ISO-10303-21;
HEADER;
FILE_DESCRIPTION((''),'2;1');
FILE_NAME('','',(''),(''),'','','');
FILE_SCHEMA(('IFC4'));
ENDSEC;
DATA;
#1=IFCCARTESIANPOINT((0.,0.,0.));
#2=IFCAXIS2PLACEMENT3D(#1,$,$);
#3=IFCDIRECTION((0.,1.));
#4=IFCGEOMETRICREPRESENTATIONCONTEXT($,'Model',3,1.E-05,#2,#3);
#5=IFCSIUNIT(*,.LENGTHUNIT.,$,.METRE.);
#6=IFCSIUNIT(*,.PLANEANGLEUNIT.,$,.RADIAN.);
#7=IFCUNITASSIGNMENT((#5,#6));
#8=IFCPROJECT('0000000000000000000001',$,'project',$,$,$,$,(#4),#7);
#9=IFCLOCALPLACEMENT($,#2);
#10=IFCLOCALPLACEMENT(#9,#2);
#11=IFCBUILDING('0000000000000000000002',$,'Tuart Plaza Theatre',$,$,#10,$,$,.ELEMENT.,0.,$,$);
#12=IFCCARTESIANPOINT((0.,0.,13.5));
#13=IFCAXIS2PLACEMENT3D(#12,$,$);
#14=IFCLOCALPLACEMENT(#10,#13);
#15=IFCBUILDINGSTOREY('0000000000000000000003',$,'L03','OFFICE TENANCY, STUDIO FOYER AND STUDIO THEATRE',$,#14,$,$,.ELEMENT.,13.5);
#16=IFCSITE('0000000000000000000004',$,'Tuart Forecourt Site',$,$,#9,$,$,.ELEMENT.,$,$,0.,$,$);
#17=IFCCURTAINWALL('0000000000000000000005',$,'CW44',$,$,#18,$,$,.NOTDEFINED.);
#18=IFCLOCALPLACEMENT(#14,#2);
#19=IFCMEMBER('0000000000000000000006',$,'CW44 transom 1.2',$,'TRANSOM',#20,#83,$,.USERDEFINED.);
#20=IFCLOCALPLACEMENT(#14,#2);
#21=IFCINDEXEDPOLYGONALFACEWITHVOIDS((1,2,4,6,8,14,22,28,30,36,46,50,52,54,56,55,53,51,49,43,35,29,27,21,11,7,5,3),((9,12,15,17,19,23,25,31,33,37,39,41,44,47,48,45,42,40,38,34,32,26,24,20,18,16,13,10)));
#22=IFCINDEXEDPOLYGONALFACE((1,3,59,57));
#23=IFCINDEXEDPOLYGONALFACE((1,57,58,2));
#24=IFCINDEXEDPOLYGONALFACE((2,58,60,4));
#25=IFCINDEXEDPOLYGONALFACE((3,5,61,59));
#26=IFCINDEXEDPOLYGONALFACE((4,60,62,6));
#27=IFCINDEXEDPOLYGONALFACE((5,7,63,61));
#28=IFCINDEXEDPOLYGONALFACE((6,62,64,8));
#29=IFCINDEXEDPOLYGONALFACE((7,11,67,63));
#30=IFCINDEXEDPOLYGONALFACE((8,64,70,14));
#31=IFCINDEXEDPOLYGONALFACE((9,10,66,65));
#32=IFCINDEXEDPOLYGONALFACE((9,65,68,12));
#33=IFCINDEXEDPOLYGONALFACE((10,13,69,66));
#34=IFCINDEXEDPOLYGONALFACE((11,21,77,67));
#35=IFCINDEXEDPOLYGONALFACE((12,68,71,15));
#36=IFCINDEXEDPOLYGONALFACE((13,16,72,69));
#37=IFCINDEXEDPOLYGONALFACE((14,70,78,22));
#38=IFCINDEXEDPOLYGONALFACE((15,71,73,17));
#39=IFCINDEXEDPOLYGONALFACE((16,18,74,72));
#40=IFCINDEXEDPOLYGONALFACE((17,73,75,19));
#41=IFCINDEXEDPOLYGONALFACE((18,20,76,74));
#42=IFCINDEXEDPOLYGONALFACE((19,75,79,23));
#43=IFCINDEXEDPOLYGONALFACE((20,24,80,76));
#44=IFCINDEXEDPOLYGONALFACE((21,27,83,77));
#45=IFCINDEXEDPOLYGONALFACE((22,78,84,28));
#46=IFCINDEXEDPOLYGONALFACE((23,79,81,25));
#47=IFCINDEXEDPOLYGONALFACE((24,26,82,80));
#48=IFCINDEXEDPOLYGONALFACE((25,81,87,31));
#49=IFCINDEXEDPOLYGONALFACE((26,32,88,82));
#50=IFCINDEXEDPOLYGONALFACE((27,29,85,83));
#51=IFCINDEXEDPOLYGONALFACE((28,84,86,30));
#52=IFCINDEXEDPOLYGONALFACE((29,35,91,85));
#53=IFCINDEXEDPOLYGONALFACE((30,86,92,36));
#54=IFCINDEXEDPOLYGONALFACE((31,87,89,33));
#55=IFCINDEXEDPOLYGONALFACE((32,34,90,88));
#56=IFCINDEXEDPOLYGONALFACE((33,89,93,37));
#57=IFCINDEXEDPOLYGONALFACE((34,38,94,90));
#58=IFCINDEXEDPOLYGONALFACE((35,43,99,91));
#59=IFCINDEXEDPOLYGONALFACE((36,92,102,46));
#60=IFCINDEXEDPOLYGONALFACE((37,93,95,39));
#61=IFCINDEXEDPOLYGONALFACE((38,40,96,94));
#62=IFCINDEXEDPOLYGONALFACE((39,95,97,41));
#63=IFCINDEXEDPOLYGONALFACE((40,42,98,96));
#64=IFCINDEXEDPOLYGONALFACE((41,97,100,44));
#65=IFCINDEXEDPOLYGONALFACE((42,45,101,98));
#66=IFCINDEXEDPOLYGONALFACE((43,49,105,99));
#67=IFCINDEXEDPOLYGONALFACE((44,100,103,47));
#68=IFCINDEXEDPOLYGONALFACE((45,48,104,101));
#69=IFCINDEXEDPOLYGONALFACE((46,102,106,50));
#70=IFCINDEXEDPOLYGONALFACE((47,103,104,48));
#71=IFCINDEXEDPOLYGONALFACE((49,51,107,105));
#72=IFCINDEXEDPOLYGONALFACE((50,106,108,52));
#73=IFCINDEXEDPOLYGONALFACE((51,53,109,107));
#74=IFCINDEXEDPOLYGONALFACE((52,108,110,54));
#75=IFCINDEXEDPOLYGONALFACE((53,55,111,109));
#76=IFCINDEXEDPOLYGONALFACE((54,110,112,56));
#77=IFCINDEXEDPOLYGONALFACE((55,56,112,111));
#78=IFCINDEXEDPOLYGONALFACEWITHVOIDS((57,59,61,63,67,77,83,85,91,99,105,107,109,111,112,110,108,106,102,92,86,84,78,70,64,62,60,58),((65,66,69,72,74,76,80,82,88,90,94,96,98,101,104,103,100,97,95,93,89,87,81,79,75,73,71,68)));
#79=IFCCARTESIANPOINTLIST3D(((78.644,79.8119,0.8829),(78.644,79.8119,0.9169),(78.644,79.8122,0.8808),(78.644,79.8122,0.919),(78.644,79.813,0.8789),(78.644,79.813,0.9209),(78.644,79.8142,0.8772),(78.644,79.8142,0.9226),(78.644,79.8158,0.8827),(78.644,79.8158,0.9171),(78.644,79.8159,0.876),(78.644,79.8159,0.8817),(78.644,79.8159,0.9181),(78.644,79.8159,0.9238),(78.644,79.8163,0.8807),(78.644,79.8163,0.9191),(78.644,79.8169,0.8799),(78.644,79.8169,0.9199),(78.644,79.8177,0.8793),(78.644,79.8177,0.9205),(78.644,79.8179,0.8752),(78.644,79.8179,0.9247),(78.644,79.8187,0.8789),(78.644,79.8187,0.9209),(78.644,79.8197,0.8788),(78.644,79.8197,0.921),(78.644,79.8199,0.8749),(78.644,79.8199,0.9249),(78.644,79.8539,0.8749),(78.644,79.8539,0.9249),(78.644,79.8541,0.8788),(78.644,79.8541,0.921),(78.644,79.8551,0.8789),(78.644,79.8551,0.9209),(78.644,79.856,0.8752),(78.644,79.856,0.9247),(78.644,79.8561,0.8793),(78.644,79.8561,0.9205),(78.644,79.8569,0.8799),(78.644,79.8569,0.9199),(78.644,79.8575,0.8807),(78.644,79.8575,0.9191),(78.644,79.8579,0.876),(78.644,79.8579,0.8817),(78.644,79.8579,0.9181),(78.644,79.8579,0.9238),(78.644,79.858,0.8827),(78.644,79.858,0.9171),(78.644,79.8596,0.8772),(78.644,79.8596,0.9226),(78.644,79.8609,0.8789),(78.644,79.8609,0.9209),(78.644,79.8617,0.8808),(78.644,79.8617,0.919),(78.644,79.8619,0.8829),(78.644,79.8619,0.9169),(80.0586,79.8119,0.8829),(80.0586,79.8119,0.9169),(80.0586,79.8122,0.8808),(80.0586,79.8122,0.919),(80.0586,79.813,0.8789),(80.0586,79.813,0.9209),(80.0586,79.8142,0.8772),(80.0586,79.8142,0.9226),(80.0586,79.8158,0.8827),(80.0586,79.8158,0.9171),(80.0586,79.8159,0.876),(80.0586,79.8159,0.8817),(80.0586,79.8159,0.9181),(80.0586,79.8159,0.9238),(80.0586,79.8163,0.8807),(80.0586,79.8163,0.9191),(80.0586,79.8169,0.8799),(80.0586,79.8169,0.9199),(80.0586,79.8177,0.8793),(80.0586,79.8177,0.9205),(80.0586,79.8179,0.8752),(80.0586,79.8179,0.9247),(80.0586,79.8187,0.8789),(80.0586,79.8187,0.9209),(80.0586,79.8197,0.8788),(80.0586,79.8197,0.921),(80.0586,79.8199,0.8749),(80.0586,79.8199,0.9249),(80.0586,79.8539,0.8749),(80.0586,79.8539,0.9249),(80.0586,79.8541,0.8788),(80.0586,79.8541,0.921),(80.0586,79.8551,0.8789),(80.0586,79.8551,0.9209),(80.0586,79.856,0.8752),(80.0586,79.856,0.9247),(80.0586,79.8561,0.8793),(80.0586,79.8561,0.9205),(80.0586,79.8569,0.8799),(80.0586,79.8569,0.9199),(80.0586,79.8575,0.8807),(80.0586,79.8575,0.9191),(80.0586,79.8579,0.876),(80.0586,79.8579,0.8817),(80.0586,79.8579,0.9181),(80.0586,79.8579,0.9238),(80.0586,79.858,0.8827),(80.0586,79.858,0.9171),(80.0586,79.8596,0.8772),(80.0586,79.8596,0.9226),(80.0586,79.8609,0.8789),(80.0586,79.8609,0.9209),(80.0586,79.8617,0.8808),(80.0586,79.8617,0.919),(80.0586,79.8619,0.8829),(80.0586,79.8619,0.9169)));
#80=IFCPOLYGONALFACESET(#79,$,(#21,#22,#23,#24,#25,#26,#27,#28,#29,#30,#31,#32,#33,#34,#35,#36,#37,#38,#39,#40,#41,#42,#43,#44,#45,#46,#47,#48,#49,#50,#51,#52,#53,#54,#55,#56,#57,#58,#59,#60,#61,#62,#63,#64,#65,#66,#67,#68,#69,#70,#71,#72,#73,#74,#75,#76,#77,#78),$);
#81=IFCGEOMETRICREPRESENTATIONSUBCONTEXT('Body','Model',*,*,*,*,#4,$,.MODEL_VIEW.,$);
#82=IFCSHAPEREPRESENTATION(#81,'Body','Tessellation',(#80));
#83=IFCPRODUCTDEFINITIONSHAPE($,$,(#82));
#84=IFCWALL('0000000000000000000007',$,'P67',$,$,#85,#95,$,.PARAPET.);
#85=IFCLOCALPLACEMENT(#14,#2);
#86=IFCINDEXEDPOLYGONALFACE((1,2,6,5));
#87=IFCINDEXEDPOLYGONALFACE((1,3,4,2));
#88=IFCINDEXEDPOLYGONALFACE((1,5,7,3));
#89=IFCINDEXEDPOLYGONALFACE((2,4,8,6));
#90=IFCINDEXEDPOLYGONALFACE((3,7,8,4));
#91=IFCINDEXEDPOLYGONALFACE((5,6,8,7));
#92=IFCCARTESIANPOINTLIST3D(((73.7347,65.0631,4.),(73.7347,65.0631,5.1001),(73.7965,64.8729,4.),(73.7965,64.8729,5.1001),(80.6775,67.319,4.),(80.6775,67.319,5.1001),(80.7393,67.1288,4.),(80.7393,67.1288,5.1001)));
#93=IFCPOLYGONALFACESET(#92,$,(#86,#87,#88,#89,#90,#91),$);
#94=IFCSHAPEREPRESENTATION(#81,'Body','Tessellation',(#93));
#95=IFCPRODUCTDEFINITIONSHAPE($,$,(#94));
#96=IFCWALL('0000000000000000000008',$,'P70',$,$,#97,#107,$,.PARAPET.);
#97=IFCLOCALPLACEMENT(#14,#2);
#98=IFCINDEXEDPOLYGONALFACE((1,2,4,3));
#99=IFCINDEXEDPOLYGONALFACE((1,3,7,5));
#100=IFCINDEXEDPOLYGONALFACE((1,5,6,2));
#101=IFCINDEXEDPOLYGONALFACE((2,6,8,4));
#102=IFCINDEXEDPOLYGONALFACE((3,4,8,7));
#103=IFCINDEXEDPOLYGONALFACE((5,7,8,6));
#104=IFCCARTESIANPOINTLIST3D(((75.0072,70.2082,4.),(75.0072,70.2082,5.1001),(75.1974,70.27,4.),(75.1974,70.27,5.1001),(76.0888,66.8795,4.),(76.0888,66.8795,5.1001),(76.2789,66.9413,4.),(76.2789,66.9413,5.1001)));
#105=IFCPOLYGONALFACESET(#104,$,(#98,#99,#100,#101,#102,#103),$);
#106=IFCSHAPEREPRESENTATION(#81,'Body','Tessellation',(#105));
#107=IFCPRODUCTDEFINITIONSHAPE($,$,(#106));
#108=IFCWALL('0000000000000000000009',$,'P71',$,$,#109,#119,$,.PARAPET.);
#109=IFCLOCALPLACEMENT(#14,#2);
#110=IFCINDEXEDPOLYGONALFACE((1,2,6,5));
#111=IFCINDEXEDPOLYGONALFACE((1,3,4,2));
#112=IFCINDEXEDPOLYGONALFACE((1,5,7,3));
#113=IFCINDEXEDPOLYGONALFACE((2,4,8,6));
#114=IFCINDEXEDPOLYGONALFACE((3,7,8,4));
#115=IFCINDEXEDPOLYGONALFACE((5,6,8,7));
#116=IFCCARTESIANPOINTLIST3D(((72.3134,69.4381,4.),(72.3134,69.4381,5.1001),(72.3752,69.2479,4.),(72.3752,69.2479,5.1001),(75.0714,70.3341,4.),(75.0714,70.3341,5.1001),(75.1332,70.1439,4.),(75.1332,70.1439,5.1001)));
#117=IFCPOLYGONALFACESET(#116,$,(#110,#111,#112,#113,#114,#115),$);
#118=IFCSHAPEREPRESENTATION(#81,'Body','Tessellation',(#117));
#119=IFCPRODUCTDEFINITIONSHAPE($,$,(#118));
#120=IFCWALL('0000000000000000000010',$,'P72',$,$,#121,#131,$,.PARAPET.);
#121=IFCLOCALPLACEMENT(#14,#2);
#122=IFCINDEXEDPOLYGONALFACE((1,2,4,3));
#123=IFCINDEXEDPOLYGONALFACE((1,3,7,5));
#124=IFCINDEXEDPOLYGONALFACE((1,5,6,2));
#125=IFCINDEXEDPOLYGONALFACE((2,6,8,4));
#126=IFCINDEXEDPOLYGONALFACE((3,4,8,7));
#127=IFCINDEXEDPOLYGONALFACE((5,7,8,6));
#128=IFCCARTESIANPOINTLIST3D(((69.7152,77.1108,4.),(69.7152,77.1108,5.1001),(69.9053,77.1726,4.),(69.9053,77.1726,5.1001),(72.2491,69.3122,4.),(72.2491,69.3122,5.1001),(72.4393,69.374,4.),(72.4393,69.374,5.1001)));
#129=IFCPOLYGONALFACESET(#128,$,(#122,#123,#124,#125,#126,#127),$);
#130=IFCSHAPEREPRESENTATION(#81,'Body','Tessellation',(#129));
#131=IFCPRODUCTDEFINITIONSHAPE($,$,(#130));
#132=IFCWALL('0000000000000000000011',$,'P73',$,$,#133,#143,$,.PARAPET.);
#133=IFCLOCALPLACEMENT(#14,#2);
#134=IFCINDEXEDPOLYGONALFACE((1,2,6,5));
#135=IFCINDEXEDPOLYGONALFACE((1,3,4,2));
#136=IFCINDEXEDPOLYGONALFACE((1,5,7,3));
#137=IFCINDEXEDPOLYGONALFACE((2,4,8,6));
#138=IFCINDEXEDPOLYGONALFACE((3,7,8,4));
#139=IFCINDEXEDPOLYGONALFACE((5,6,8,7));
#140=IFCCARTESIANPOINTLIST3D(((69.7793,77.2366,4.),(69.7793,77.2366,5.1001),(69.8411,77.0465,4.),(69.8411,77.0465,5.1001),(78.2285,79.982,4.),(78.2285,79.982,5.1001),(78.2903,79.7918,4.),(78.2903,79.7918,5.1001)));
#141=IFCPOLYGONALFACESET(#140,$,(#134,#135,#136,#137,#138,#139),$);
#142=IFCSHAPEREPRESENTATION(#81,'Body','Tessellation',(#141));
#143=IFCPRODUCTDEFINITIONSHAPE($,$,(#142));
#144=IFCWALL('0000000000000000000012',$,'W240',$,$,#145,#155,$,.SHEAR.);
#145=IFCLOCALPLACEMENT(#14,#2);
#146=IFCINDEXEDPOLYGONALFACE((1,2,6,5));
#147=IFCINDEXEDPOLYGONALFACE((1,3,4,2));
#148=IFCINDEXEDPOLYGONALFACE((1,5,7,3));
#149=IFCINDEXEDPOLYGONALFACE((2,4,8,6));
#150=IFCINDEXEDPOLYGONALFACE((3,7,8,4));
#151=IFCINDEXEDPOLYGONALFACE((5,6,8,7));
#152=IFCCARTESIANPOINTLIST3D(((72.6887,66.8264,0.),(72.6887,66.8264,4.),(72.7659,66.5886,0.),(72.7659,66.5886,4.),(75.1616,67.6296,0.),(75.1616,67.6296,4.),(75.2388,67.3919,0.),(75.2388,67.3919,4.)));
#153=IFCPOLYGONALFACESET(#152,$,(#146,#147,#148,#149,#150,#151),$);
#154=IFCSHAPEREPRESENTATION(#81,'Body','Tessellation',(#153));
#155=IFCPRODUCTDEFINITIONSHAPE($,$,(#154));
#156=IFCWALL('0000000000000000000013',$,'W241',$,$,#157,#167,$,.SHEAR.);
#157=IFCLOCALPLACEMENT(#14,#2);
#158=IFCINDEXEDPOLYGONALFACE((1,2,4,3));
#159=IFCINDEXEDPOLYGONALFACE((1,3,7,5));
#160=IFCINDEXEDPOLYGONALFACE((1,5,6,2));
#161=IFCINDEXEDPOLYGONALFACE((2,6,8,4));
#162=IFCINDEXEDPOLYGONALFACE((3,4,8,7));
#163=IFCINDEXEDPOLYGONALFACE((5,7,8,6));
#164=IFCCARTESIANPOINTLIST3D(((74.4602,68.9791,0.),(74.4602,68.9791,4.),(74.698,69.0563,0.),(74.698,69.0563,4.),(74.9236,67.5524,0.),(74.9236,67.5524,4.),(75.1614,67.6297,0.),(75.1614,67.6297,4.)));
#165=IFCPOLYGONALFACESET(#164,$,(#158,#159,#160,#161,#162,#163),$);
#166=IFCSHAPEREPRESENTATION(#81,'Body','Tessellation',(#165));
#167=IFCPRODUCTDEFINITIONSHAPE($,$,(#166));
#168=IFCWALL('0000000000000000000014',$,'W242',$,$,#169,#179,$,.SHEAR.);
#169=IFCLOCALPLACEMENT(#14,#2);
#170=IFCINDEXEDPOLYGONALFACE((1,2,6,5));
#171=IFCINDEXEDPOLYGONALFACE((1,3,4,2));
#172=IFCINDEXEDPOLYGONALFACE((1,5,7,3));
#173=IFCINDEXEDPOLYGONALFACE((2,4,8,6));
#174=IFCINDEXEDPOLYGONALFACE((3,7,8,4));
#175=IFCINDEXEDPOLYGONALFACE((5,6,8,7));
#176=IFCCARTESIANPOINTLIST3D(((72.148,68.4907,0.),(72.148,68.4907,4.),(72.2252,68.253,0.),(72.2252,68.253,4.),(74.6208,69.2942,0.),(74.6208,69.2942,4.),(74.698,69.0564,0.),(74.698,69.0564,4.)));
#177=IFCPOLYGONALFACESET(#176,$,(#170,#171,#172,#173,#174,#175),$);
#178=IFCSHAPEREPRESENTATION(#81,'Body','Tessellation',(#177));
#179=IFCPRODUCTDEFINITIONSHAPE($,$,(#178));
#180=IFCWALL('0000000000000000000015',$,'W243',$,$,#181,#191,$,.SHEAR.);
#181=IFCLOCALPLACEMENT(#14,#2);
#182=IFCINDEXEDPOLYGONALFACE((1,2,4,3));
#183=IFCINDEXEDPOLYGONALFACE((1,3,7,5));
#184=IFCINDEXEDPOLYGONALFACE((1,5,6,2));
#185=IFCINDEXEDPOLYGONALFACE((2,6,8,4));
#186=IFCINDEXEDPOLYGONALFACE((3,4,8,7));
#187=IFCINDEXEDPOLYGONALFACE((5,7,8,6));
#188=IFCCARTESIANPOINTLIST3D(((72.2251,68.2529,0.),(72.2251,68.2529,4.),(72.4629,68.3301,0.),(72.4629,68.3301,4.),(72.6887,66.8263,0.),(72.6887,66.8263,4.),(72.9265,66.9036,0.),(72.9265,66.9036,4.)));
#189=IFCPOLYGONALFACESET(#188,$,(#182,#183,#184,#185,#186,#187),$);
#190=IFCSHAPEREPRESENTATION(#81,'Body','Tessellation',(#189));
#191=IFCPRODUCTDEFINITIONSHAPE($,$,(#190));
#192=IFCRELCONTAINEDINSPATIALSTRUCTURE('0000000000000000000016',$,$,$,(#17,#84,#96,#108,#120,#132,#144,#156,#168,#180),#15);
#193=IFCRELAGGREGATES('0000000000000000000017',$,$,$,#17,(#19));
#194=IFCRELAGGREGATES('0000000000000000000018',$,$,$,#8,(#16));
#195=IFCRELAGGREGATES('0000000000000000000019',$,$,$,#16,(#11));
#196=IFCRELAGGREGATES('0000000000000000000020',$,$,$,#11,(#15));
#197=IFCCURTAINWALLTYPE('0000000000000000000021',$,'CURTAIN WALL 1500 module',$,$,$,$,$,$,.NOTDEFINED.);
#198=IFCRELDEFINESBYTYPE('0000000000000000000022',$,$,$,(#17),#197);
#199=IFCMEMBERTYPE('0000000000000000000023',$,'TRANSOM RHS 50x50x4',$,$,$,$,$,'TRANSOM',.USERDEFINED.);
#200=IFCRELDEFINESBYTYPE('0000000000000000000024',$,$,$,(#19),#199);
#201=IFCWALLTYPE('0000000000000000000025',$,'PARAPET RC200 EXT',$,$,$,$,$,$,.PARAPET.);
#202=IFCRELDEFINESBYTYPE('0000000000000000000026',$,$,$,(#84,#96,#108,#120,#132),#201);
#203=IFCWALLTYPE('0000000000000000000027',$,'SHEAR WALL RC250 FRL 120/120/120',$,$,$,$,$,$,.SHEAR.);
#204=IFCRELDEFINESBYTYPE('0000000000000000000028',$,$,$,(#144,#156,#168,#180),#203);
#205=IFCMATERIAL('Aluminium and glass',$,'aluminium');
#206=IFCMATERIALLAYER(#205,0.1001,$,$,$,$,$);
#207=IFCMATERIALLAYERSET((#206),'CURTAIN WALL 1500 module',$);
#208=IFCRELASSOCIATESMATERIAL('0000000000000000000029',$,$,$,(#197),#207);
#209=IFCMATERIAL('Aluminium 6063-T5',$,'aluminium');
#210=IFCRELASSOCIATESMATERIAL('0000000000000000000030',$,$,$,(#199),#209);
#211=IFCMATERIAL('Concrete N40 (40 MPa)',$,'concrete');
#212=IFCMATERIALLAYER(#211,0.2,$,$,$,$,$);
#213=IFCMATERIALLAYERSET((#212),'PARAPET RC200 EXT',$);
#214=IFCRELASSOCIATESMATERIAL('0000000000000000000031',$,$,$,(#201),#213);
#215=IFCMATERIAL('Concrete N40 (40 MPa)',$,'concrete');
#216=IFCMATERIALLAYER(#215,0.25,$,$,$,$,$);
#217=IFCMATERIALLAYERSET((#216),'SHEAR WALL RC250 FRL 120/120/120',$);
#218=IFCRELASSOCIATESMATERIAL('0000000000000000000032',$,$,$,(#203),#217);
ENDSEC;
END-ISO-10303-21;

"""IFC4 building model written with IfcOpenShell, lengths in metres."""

from ifc_helpers import new_model, si_unit, direction, frame, frame_2d, origin, origin_2d, place, context, subcontext, project, spatial, rectangle, hollow_rectangle, extrude, material, layer, layer_set, material_profile, profile_set, type_object, element, aggregate, save


model = new_model("IFC4")

# Units and contexts
model_context = context("Model", 3, precision=1e-05, world=origin(), true_north=direction((0.0, 1.0)))
body_context = subcontext(model_context, "Body", "Model", "MODEL_VIEW")
ifc_project = project(units=[si_unit("LENGTHUNIT", "METRE"), si_unit("PLANEANGLEUNIT", "RADIAN")], contexts=[model_context])

# Site, building, storey
site_placement = place(None, origin())
site = spatial("IfcSite", under=ifc_project, at=site_placement, Name="Tuart Forecourt Site", CompositionType="ELEMENT", RefElevation=0.0)
building_placement = place(site_placement, origin())
building = spatial("IfcBuilding", under=site, at=building_placement, Name="Tuart Plaza Theatre", CompositionType="ELEMENT", ElevationOfRefHeight=0.0)
storey_placement = place(building_placement, frame((0.0, 0.0, 13.5)))
storey = spatial("IfcBuildingStorey", under=building, at=storey_placement, Name="L03", Description="OFFICE TENANCY, STUDIO FOYER AND STUDIO THEATRE", CompositionType="ELEMENT", Elevation=13.5)

# Curtain wall, member
ifc_material_1 = material(Name="Aluminium and glass", Category="aluminium")
ifc_layer_1 = layer(ifc_material_1, 0.1001)
ifc_layer_set_1 = layer_set([ifc_layer_1], Name="CURTAIN WALL 1500 module")
curtain_wall_type = type_object("IfcCurtainWallType", Name="CURTAIN WALL 1500 module", PredefinedType="NOTDEFINED", material=ifc_layer_set_1)
curtain_wall_placement = place(storey_placement, origin())
curtain_wall = element("IfcCurtainWall", 1, at=curtain_wall_placement, inside=storey, type_object=curtain_wall_type, Name="CW44", PredefinedType="NOTDEFINED")
ifc_material_2 = material(Name="Aluminium 6063-T5", Category="aluminium")
ifc_material_profile_1 = material_profile(ifc_material_2, hollow_rectangle(XDim=0.05, YDim=0.05, WallThickness=0.0039, InnerFilletRadius=0.0039, OuterFilletRadius=0.0081, at=origin_2d()), Name="RHS 50x50x4")
ifc_profile_set_1 = profile_set([ifc_material_profile_1], Name="Aluminium 6063-T5")
member_type_1 = type_object("IfcMemberType", Name="TRANSOM RHS 50x50x4", ElementType="TRANSOM", PredefinedType="USERDEFINED", material=ifc_profile_set_1)
member_1_placement = place(storey_placement, frame((78.644, 79.8369, 0.8999), z_axis=(1.0, 0.0, 0.0), x_axis=(0.0, 1.0, 0.0)))
member_1 = element("IfcMember", 2, at=member_1_placement, type_object=member_type_1, Name="CW44 transom 1.2", ObjectType="TRANSOM", PredefinedType="USERDEFINED", context=body_context, shape_type="SweptSolid", body=[
    extrude(hollow_rectangle(XDim=0.05, YDim=0.05, WallThickness=0.0039, InnerFilletRadius=0.0039, OuterFilletRadius=0.0081, at=origin_2d()), origin(), (0.0, 0.0, 1.0), 1.4146),
])
aggregate(curtain_wall, [member_1])

# Walls
ifc_material_3 = material(Name="Concrete N40 (40 MPa)", Category="concrete")
ifc_layer_2 = layer(ifc_material_3, 0.2)
ifc_layer_set_2 = layer_set([ifc_layer_2], Name="PARAPET RC200 EXT")
wall_type_1 = type_object("IfcWallType", Name="PARAPET RC200 EXT", PredefinedType="PARAPET", material=ifc_layer_set_2)
wall_1_placement = place(storey_placement, frame((80.7083, 67.2239, 4.0), z_axis=(0.0, 0.0, 1.0), x_axis=(-0.951054, -0.309025, 0.0)))
element("IfcWall", 3, at=wall_1_placement, inside=storey, type_object=wall_type_1, Name="P67", PredefinedType="PARAPET", context=body_context, shape_type="SweptSolid", body=[
    extrude(rectangle(XDim=7.3, YDim=0.2, at=frame_2d((3.6499, 0.0))), origin(), (0.0, 0.0, 1.0), 1.1001),
])
wall_2_placement = place(storey_placement, frame((76.1838, 66.9104, 4.0), z_axis=(0.0, 0.0, 1.0), x_axis=(-0.30902, 0.951056, 0.0)))
element("IfcWall", 4, at=wall_2_placement, inside=storey, type_object=wall_type_1, Name="P70", PredefinedType="PARAPET", context=body_context, shape_type="SweptSolid", body=[
    extrude(rectangle(XDim=3.5, YDim=0.2, at=frame_2d((1.75, 0.0))), origin(), (0.0, 0.0, 1.0), 1.1001),
])
wall_3_placement = place(storey_placement, frame((75.1023, 70.239, 4.0), z_axis=(0.0, 0.0, 1.0), x_axis=(-0.951072, -0.30897, 0.0)))
element("IfcWall", 5, at=wall_3_placement, inside=storey, type_object=wall_type_1, Name="P71", PredefinedType="PARAPET", context=body_context, shape_type="SweptSolid", body=[
    extrude(rectangle(XDim=2.8999, YDim=0.2, at=frame_2d((1.45, 0.0))), origin(), (0.0, 0.0, 1.0), 1.1001),
])
wall_4_placement = place(storey_placement, frame((72.3442, 69.343, 4.0), z_axis=(0.0, 0.0, 1.0), x_axis=(-0.309019, 0.951056, 0.0)))
element("IfcWall", 6, at=wall_4_placement, inside=storey, type_object=wall_type_1, Name="P72", PredefinedType="PARAPET", context=body_context, shape_type="SweptSolid", body=[
    extrude(rectangle(XDim=8.2, YDim=0.2, at=frame_2d((4.1001, 0.0))), origin(), (0.0, 0.0, 1.0), 1.1001),
])
wall_5_placement = place(storey_placement, frame((69.8103, 77.1416, 4.0), z_axis=(0.0, 0.0, 1.0), x_axis=(0.951055, 0.309021, 0.0)))
element("IfcWall", 7, at=wall_5_placement, inside=storey, type_object=wall_type_1, Name="P73", PredefinedType="PARAPET", context=body_context, shape_type="SweptSolid", body=[
    extrude(rectangle(XDim=8.884, YDim=0.2, at=frame_2d((4.4419, 0.0))), origin(), (0.0, 0.0, 1.0), 1.1001),
])
ifc_material_4 = material(Name="Concrete N40 (40 MPa)", Category="concrete")
ifc_layer_3 = layer(ifc_material_4, 0.25)
ifc_layer_set_3 = layer_set([ifc_layer_3], Name="SHEAR WALL RC250 FRL 120/120/120")
wall_type_2 = type_object("IfcWallType", Name="SHEAR WALL RC250 FRL 120/120/120", PredefinedType="SHEAR", material=ifc_layer_set_3)
wall_6_placement = place(storey_placement, frame((72.7273, 66.7075, 0.0), z_axis=(0.0, 0.0, 1.0), x_axis=(0.951087, 0.308923, 0.0)))
element("IfcWall", 8, at=wall_6_placement, inside=storey, type_object=wall_type_2, Name="W240", PredefinedType="SHEAR", context=body_context, shape_type="SweptSolid", body=[
    extrude(rectangle(XDim=2.6001, YDim=0.25, at=frame_2d((1.3, 0.0))), origin(), (0.0, 0.0, 1.0), 4.0),
])
wall_7_placement = place(storey_placement, frame((75.0425, 67.5911, 0.0), z_axis=(0.0, 0.0, 1.0), x_axis=(-0.308943, 0.951081, 0.0)))
element("IfcWall", 9, at=wall_7_placement, inside=storey, type_object=wall_type_2, Name="W241", PredefinedType="SHEAR", context=body_context, shape_type="SweptSolid", body=[
    extrude(rectangle(XDim=1.5, YDim=0.25, at=frame_2d((0.75, 0.0))), origin(), (0.0, 0.0, 1.0), 4.0),
])
wall_8_placement = place(storey_placement, frame((74.6594, 69.1753, 0.0), z_axis=(0.0, 0.0, 1.0), x_axis=(-0.95106, -0.309008, 0.0)))
element("IfcWall", 10, at=wall_8_placement, inside=storey, type_object=wall_type_2, Name="W242", PredefinedType="SHEAR", context=body_context, shape_type="SweptSolid", body=[
    extrude(rectangle(XDim=2.6001, YDim=0.25, at=frame_2d((1.3, 0.0))), origin(), (0.0, 0.0, 1.0), 4.0),
])
wall_9_placement = place(storey_placement, frame((72.344, 68.2915, 0.0), z_axis=(0.0, 0.0, 1.0), x_axis=(0.30909, -0.951033, 0.0)))
element("IfcWall", 11, at=wall_9_placement, inside=storey, type_object=wall_type_2, Name="W243", PredefinedType="SHEAR", context=body_context, shape_type="SweptSolid", body=[
    extrude(rectangle(XDim=1.5, YDim=0.25, at=frame_2d((0.75, 0.0))), origin(), (0.0, 0.0, 1.0), 4.0),
])

save(model, "model.ifc")
